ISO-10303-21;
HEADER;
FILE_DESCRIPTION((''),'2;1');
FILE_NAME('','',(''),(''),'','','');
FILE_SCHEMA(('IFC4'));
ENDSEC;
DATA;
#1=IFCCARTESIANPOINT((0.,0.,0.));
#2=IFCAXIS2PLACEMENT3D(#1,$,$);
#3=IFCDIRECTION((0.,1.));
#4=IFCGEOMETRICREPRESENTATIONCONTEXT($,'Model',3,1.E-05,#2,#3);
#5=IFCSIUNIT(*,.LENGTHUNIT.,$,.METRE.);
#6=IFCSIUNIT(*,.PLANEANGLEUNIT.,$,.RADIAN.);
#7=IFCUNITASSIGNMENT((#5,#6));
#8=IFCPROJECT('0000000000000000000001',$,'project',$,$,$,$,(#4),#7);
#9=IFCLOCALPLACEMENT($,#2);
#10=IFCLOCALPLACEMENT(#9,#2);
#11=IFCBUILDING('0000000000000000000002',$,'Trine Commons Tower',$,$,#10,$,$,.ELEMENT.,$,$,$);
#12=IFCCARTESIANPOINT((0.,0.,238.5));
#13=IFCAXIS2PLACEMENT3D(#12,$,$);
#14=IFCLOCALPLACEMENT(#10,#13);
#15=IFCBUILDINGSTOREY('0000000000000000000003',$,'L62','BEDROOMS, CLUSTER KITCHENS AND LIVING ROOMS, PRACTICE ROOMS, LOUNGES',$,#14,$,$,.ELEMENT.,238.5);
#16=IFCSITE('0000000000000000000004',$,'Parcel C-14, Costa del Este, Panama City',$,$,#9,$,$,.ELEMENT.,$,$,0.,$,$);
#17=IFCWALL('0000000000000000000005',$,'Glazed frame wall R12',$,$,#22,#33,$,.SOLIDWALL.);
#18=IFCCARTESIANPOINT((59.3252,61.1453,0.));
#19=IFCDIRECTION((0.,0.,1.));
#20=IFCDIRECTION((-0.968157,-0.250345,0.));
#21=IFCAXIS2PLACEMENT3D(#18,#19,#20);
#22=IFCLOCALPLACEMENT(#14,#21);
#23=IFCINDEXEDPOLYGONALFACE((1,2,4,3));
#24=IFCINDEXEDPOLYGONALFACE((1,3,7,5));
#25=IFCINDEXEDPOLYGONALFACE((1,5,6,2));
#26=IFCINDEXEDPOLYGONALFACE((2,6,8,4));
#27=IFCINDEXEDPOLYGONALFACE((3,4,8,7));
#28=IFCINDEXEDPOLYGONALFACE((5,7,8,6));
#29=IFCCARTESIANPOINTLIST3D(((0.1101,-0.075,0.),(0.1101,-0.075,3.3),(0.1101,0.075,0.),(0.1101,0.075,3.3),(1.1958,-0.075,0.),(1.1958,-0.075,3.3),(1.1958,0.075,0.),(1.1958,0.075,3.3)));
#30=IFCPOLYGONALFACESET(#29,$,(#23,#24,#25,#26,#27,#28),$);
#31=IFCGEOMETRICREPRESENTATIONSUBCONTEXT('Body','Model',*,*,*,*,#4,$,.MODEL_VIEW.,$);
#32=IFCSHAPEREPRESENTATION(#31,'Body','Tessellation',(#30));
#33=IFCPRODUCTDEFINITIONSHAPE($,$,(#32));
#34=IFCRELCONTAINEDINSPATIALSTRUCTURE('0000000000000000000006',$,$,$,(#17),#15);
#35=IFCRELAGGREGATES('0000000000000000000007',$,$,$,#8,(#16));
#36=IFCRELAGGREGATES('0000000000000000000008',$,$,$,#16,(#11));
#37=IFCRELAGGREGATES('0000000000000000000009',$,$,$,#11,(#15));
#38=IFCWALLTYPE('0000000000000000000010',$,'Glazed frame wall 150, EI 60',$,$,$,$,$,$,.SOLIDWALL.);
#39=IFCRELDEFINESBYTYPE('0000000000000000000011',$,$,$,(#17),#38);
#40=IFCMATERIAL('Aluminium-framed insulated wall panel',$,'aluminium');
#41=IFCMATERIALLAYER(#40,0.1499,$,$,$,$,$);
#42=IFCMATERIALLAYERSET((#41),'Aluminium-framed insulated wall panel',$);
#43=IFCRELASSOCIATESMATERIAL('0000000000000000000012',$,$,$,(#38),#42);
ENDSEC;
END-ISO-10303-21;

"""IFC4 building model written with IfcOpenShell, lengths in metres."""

from ifc_helpers import new_model, si_unit, direction, frame, origin, place, context, subcontext, project, spatial, polyline, outline, extrude, material, layer, layer_set, type_object, element, save


model = new_model("IFC4")

# Units and contexts
model_context = context("Model", 3, precision=1e-05, world=origin(), true_north=direction((0.0, 1.0)))
body_context = subcontext(model_context, "Body", "Model", "MODEL_VIEW")
ifc_project = project(units=[si_unit("LENGTHUNIT", "METRE"), si_unit("PLANEANGLEUNIT", "RADIAN")], contexts=[model_context])

# Site, building, storey
site_placement = place(None, origin())
site = spatial("IfcSite", under=ifc_project, at=site_placement, Name="Parcel C-14, Costa del Este, Panama City", CompositionType="ELEMENT", RefElevation=0.0)
building_placement = place(site_placement, origin())
building = spatial("IfcBuilding", under=site, at=building_placement, Name="Trine Commons Tower", CompositionType="ELEMENT")
storey_placement = place(building_placement, frame((0.0, 0.0, 238.5)))
storey = spatial("IfcBuildingStorey", under=building, at=storey_placement, Name="L62", Description="BEDROOMS, CLUSTER KITCHENS AND LIVING ROOMS, PRACTICE ROOMS, LOUNGES", CompositionType="ELEMENT", Elevation=238.5)

# Shared definitions
ifc_material_1 = material(Name="Aluminium-framed insulated wall panel", Category="aluminium")
ifc_layer_1 = layer(ifc_material_1, 0.1499)
ifc_layer_set_1 = layer_set([ifc_layer_1], Name="Aluminium-framed insulated wall panel")
wall_type_1 = type_object("IfcWallType", Name="Glazed frame wall 150, EI 60", PredefinedType="SOLIDWALL", material=ifc_layer_set_1)

# Wall
wall_1_placement = place(storey_placement, frame((59.3252, 61.1453, 0.0), z_axis=(0.0, 0.0, 1.0), x_axis=(-0.968157, -0.250345, 0.0)))
element("IfcWall", 1, at=wall_1_placement, inside=storey, type_object=wall_type_1, Name="Glazed frame wall R12", PredefinedType="SOLIDWALL", context=body_context, shape_type="SweptSolid", body=[
    extrude(outline(polyline([(0.1101, 0.075), (0.1101, -0.075), (1.1958, -0.075), (1.1958, 0.075), (0.1101, 0.075)])), origin(), (0.0, 0.0, 1.0), 3.3),
])

save(model, "model.ifc")
